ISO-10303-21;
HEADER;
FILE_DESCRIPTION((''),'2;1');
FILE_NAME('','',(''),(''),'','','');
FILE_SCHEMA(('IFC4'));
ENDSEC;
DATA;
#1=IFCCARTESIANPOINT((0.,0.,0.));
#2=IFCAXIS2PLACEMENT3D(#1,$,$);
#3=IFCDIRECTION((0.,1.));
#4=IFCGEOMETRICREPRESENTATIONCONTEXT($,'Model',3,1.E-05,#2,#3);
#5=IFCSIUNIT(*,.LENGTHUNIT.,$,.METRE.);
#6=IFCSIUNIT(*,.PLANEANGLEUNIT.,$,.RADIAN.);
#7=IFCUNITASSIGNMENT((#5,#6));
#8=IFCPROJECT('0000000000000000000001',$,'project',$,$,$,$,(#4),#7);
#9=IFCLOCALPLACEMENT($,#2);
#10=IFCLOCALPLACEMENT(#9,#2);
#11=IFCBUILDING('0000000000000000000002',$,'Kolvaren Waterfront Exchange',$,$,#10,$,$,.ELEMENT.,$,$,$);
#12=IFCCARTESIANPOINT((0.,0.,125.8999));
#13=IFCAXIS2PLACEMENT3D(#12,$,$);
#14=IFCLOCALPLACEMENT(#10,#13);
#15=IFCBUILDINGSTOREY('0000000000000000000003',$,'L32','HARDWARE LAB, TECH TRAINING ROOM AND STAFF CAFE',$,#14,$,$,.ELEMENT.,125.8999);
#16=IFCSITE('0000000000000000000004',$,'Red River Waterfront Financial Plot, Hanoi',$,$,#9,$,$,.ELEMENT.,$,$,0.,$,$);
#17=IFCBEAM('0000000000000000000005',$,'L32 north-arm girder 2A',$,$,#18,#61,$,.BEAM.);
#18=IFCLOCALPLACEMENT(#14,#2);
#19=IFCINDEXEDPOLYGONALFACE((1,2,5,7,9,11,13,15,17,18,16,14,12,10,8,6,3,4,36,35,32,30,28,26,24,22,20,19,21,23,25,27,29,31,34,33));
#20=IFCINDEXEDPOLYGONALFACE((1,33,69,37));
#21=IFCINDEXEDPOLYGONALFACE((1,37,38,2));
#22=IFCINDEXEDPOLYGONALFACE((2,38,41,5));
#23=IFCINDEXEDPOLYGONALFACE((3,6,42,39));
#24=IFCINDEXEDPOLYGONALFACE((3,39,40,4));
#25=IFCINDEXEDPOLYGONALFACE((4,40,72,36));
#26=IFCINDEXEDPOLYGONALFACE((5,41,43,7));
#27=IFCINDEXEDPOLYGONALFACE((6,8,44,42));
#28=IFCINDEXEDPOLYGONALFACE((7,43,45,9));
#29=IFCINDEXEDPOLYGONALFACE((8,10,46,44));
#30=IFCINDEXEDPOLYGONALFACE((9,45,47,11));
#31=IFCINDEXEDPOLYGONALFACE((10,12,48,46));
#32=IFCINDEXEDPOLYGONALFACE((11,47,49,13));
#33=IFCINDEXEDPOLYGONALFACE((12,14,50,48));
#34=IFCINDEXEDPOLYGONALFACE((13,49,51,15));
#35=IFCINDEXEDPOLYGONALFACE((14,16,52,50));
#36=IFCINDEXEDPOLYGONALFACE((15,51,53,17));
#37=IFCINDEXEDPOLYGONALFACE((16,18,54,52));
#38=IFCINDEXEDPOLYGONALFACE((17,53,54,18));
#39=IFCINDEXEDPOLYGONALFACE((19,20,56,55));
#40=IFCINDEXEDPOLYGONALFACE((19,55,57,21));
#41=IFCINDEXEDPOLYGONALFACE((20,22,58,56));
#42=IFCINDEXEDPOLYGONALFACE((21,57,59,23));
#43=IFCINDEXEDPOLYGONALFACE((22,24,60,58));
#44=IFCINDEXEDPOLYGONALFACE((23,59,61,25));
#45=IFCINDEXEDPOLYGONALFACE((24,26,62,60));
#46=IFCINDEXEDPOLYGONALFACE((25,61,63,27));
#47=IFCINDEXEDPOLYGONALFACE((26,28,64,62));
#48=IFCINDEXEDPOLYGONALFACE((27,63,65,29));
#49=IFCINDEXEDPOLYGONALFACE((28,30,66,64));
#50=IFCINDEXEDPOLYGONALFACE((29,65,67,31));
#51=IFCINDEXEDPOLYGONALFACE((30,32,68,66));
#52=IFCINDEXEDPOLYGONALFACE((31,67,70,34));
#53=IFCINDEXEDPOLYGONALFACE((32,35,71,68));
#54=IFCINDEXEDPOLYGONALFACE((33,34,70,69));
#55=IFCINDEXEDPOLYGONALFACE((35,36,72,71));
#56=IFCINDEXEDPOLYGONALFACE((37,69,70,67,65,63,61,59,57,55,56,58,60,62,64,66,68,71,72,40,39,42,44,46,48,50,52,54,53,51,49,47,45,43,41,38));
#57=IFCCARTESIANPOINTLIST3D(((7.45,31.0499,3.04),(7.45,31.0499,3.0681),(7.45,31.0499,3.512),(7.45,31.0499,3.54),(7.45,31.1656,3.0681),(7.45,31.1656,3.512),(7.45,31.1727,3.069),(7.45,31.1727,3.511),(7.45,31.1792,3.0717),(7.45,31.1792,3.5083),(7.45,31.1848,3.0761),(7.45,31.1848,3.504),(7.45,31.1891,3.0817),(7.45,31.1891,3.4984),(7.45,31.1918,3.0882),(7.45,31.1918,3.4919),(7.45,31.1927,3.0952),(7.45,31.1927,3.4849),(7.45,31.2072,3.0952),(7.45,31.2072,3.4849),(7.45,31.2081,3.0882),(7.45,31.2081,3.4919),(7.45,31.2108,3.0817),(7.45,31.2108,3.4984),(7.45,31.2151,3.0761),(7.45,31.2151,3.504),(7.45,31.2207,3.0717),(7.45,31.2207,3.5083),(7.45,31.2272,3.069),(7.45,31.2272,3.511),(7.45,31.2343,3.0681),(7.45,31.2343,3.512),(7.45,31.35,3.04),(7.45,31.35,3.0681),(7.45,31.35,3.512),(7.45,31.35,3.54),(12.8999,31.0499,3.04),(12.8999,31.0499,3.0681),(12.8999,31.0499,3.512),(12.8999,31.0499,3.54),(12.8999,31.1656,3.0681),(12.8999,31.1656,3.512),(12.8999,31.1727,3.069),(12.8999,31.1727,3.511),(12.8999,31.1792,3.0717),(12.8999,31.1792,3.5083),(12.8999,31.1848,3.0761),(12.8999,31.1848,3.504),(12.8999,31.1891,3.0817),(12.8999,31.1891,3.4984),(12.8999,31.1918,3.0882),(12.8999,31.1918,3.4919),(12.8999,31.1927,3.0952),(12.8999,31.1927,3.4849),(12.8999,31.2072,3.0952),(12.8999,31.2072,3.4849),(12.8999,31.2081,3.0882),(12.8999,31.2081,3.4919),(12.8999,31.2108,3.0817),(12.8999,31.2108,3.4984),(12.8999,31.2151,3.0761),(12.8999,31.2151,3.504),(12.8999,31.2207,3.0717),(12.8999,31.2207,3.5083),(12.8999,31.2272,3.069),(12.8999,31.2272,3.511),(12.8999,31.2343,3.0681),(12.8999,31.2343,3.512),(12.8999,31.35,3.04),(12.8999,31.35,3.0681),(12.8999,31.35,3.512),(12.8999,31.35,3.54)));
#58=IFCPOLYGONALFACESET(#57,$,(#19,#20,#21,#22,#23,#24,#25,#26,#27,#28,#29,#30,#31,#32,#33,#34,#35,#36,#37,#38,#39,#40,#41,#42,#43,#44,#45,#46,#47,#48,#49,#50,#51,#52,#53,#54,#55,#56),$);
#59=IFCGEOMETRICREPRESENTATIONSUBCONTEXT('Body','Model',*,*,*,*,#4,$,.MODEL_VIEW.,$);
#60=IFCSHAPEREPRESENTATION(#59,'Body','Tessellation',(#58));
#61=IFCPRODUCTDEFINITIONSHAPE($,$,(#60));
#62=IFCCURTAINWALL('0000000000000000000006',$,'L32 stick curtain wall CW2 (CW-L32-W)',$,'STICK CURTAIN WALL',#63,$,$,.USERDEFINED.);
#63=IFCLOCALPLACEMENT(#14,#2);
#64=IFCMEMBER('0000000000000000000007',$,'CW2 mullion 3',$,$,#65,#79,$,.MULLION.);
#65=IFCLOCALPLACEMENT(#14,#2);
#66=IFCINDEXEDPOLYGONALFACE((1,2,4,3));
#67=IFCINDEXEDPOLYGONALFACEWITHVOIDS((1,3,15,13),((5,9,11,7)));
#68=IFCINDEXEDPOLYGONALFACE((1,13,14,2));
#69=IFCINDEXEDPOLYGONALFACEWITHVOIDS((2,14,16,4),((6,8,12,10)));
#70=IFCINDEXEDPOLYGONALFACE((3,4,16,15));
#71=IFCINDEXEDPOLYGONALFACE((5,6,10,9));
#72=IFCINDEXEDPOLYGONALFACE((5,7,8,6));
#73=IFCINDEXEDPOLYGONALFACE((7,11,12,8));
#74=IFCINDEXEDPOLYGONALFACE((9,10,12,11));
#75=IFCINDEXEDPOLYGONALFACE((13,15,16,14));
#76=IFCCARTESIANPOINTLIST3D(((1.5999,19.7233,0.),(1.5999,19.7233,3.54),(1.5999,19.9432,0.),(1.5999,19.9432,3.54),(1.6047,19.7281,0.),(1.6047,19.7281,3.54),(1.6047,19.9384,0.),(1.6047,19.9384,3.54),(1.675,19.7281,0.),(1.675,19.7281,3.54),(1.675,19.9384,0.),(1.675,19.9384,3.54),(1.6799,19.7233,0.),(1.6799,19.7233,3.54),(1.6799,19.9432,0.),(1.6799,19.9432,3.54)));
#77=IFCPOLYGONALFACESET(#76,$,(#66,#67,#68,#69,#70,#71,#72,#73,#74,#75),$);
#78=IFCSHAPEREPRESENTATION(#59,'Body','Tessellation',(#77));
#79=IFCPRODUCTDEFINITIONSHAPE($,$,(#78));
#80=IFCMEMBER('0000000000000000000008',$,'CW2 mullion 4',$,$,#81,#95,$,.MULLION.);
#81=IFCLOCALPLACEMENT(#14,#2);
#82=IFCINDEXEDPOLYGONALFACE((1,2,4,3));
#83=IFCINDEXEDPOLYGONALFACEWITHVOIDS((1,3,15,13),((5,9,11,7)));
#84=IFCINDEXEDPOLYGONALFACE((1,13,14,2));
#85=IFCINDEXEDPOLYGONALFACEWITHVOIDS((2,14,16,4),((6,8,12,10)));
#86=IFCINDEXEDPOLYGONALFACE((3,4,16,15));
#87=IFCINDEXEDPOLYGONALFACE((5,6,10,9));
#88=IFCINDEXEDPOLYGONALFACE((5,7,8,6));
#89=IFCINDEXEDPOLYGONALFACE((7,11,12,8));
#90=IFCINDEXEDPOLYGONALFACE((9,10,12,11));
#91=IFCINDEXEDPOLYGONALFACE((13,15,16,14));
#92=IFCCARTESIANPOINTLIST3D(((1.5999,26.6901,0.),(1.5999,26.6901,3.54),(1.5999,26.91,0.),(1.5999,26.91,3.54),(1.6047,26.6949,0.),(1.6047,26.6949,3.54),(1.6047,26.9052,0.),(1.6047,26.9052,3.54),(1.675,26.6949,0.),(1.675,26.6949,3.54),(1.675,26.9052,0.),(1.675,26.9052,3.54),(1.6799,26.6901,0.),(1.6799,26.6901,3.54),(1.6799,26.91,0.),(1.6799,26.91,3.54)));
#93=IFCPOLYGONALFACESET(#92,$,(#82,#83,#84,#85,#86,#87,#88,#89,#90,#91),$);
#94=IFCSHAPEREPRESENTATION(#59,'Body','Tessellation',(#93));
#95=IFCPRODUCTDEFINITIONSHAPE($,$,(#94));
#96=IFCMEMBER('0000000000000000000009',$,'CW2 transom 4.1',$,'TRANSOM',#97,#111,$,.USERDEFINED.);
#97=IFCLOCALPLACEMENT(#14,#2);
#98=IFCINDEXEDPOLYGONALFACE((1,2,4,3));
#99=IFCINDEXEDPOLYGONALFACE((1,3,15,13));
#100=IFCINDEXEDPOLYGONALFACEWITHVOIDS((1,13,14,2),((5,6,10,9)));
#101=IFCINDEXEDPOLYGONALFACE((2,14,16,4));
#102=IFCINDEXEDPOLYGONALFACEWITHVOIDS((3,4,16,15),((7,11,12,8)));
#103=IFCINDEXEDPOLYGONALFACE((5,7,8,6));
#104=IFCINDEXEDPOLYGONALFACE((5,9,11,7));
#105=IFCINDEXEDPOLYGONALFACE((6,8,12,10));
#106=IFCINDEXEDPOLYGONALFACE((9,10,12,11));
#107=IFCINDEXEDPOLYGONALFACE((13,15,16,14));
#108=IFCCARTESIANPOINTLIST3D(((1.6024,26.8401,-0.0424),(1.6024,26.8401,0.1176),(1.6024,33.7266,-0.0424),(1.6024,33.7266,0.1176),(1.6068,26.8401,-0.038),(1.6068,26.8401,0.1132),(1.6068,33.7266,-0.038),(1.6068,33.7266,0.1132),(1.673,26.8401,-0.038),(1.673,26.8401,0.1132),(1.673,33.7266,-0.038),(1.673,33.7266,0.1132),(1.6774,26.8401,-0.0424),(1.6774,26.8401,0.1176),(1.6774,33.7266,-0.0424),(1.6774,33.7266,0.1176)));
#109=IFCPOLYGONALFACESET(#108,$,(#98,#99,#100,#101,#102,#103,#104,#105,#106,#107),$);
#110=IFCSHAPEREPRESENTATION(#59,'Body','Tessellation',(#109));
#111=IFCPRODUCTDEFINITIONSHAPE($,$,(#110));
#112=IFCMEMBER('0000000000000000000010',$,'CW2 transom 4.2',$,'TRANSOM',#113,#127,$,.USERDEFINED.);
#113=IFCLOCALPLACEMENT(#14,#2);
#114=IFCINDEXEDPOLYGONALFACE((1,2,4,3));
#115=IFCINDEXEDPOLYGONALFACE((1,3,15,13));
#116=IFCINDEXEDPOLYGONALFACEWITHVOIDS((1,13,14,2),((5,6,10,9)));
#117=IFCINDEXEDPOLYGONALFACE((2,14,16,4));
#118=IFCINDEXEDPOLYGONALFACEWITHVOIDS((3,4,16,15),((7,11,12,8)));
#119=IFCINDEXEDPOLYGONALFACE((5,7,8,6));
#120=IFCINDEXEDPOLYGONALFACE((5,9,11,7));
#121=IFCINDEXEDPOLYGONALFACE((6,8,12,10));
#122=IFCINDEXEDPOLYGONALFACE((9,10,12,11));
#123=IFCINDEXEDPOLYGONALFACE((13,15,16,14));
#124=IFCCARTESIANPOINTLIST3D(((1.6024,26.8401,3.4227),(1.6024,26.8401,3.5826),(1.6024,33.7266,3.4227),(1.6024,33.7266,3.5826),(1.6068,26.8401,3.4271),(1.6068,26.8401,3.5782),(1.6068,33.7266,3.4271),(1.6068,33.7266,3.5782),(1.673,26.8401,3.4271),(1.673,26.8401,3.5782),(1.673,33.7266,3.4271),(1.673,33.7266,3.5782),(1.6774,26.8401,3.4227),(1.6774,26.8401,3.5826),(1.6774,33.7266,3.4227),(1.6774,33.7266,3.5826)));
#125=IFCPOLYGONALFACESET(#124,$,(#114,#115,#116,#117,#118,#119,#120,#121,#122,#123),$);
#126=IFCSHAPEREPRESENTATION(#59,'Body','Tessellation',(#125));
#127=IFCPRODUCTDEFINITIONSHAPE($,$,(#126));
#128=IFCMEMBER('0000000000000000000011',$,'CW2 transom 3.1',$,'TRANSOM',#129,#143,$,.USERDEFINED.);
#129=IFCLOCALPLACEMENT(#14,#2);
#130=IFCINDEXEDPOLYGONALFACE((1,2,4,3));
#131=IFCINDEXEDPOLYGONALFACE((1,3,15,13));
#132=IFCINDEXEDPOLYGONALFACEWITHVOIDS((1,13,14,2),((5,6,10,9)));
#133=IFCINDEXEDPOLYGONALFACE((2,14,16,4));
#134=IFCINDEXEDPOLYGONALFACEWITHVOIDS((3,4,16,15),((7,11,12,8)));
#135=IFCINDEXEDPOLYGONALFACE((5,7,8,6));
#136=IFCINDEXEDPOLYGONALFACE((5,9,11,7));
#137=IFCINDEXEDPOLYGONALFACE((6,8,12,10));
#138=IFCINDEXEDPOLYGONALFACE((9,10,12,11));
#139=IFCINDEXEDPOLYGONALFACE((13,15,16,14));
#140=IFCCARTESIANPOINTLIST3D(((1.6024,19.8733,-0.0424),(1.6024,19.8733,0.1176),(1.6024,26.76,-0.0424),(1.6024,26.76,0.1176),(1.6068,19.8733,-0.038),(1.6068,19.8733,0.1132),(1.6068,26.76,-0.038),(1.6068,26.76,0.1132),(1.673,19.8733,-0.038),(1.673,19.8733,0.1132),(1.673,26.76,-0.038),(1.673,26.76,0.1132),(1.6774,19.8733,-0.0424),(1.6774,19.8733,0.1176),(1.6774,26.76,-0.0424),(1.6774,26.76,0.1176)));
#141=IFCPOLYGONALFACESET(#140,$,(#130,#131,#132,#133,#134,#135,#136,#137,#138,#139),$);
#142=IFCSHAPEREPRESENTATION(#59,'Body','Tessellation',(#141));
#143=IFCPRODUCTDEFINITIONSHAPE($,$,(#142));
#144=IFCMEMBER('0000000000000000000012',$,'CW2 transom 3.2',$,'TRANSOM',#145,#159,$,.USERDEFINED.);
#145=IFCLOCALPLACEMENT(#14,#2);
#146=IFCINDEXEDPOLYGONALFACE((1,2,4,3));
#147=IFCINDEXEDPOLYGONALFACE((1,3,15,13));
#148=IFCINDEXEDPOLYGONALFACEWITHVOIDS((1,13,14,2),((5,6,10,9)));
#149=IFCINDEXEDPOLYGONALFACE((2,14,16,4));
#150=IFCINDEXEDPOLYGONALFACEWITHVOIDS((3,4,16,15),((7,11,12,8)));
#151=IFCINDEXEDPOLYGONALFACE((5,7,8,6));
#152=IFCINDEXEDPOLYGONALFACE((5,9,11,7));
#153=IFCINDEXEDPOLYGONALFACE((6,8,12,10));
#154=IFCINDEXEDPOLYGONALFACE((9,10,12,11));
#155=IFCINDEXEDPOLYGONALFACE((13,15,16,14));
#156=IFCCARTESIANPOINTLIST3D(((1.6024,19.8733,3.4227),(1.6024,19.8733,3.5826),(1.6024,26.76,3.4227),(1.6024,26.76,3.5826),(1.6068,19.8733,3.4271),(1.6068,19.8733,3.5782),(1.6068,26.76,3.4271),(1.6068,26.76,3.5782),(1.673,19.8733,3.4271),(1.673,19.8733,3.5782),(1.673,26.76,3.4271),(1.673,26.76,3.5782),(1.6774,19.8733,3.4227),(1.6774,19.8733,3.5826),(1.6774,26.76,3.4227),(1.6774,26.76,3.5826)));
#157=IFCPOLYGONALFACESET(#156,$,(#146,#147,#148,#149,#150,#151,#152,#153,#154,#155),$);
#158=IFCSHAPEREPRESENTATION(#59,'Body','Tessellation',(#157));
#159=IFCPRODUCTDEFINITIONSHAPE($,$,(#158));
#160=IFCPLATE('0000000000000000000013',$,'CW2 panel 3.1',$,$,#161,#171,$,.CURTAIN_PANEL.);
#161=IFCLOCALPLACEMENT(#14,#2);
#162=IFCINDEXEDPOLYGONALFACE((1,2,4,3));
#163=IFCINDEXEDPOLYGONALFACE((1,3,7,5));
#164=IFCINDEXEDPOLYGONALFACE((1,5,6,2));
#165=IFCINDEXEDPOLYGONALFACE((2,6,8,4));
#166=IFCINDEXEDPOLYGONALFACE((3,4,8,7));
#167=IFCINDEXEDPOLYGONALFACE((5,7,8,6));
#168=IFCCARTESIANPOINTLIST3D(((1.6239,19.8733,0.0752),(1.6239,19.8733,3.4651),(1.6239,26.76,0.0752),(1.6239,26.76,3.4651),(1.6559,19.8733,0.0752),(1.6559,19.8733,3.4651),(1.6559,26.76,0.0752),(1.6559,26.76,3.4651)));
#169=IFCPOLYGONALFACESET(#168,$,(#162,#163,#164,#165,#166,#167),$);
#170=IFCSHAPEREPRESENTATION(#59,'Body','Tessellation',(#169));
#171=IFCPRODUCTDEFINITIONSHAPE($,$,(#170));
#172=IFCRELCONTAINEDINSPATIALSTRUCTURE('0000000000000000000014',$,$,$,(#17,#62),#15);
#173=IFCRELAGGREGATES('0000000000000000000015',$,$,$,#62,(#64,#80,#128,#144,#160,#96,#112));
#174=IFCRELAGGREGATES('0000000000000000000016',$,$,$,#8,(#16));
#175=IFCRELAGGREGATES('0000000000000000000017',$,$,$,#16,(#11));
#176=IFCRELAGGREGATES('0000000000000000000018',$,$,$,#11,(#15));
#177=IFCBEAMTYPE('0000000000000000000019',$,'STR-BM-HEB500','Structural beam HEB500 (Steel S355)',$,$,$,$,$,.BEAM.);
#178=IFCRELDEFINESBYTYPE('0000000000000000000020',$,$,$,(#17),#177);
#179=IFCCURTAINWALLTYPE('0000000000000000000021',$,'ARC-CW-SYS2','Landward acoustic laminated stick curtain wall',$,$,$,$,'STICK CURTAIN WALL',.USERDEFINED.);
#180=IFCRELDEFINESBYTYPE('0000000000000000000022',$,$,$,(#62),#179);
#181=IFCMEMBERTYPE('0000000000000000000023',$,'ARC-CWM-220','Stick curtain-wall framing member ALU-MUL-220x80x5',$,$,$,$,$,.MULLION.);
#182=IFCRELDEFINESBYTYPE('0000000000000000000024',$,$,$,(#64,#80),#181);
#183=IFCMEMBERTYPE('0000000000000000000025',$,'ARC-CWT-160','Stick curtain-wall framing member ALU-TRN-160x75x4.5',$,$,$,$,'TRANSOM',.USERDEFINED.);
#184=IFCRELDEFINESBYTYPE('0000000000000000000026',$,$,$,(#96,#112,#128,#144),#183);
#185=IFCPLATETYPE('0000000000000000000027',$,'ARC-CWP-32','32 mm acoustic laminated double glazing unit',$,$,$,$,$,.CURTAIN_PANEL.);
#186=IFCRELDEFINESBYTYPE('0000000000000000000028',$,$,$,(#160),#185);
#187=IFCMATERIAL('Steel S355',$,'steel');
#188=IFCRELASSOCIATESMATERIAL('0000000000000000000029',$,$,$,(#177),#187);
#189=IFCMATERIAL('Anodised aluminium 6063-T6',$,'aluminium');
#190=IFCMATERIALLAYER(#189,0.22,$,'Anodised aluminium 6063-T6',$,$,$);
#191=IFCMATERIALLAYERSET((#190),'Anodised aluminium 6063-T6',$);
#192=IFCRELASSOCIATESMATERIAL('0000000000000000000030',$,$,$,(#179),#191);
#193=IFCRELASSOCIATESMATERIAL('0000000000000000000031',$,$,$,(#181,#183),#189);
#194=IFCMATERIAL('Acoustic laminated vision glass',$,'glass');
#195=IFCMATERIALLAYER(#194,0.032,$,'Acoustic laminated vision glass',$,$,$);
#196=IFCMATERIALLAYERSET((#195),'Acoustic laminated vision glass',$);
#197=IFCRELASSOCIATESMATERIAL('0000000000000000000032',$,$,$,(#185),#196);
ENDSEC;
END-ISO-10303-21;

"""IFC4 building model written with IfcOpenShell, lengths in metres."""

from ifc_helpers import new_model, si_unit, direction, frame, origin, origin_with_axes, origin_2d, place, context, subcontext, project, spatial, rectangle, hollow_rectangle, i_section, extrude, source, transform, mapped, material, layer, layer_set, material_profile, profile_set, type_object, element, aggregate, save


model = new_model("IFC4")

# Units and contexts
model_context = context("Model", 3, precision=1e-05, world=origin(), true_north=direction((0.0, 1.0)))
body_context = subcontext(model_context, "Body", "Model", "MODEL_VIEW")
ifc_project = project(units=[si_unit("LENGTHUNIT", "METRE"), si_unit("PLANEANGLEUNIT", "RADIAN")], contexts=[model_context])

# Site, building, storey
site_placement = place(None, origin())
site = spatial("IfcSite", under=ifc_project, at=site_placement, Name="Red River Waterfront Financial Plot, Hanoi", CompositionType="ELEMENT", RefElevation=0.0)
building_placement = place(site_placement, origin())
building = spatial("IfcBuilding", under=site, at=building_placement, Name="Kolvaren Waterfront Exchange", CompositionType="ELEMENT")
storey_placement = place(building_placement, frame((0.0, 0.0, 125.8999)))
storey = spatial("IfcBuildingStorey", under=building, at=storey_placement, Name="L32", Description="HARDWARE LAB, TECH TRAINING ROOM AND STAFF CAFE", CompositionType="ELEMENT", Elevation=125.8999)

# Beam
ifc_material_1 = material(Name="Steel S355", Category="steel")
ifc_material_profile_1 = material_profile(ifc_material_1, i_section(OverallWidth=0.3, OverallDepth=0.5, WebThickness=0.0144, FlangeThickness=0.0281, FilletRadius=0.0271, at=origin_2d()), Name="HEB500")
ifc_profile_set_1 = profile_set([ifc_material_profile_1], Name="Steel S355")
beam_type_1 = type_object("IfcBeamType", Name="STR-BM-HEB500", Description="Structural beam HEB500 (Steel S355)", PredefinedType="BEAM", material=ifc_profile_set_1)
for number, where, z_axis, x_axis, name in (
    (1, (7.45, 31.2, 3.29), (1.0, 0.0, 0.0), (0.0, 1.0, 0.0), "L32 north-arm girder 2A"),
):
    element("IfcBeam", number, at=place(storey_placement, frame(where, z_axis=z_axis, x_axis=x_axis)), inside=storey, type_object=beam_type_1, Name=name, PredefinedType="BEAM", context=body_context, shape_type="SweptSolid", body=[
        extrude(i_section(OverallWidth=0.3, OverallDepth=0.5, WebThickness=0.0144, FlangeThickness=0.0281, FilletRadius=0.0271, at=origin_2d()), origin(), (0.0, 0.0, 1.0), 5.45),
    ])

# Curtain wall, members, plate
ifc_material_2 = material(Name="Anodised aluminium 6063-T6", Category="aluminium")
ifc_layer_1 = layer(ifc_material_2, 0.22, Name="Anodised aluminium 6063-T6")
ifc_layer_set_1 = layer_set([ifc_layer_1], Name="Anodised aluminium 6063-T6")
curtain_wall_type = type_object("IfcCurtainWallType", Name="ARC-CW-SYS2", Description="Landward acoustic laminated stick curtain wall", ElementType="STICK CURTAIN WALL", PredefinedType="USERDEFINED", material=ifc_layer_set_1)
curtain_wall_placement = place(storey_placement, origin())
curtain_wall = element("IfcCurtainWall", 2, at=curtain_wall_placement, inside=storey, type_object=curtain_wall_type, Name="L32 stick curtain wall CW2 (CW-L32-W)", ObjectType="STICK CURTAIN WALL", PredefinedType="USERDEFINED")
ifc_material_profile_2 = material_profile(ifc_material_2, hollow_rectangle(XDim=0.0801, YDim=0.22, WallThickness=0.0049, at=origin_2d()), Name="ALU-MUL-220x80x5")
ifc_profile_set_2 = profile_set([ifc_material_profile_2], Name="Anodised aluminium 6063-T6")
member_type_1 = type_object("IfcMemberType", Name="ARC-CWM-220", Description="Stick curtain-wall framing member ALU-MUL-220x80x5", PredefinedType="MULLION", material=ifc_profile_set_2)
shared_shape_1 = source(origin_with_axes(), body_context, "Body", "SweptSolid", [
    extrude(hollow_rectangle(XDim=0.0801, YDim=0.22, WallThickness=0.0049, at=origin_2d()), origin(), (0.0, 0.0, 1.0), 3.54),
])
member_1_placement = place(storey_placement, frame((1.6399, 19.8333, 0.0), z_axis=(0.0, 0.0, 1.0), x_axis=(-1.0, 0.0, 0.0)))
member_1 = element("IfcMember", 3, at=member_1_placement, type_object=member_type_1, Name="CW2 mullion 3", PredefinedType="MULLION", context=body_context, shape_type="MappedRepresentation", body=[
    mapped(shared_shape_1, transform((0.0, 0.0, 0.0), x_axis=(1.0, 0.0, 0.0), y_axis=(0.0, 1.0, 0.0), z_axis=(0.0, 0.0, 1.0), scale=1.0)),
])
member_2_placement = place(storey_placement, frame((1.6399, 26.8, 0.0), z_axis=(0.0, 0.0, 1.0), x_axis=(-1.0, 0.0, 0.0)))
member_2 = element("IfcMember", 4, at=member_2_placement, type_object=member_type_1, Name="CW2 mullion 4", PredefinedType="MULLION", context=body_context, shape_type="MappedRepresentation", body=[
    mapped(shared_shape_1, transform((0.0, 0.0, 0.0), x_axis=(1.0, 0.0, 0.0), y_axis=(0.0, 1.0, 0.0), z_axis=(0.0, 0.0, 1.0), scale=1.0)),
])
ifc_material_profile_3 = material_profile(ifc_material_2, hollow_rectangle(XDim=0.075, YDim=0.1599, WallThickness=0.0044, at=origin_2d()), Name="ALU-TRN-160x75x4.5")
ifc_profile_set_3 = profile_set([ifc_material_profile_3], Name="Anodised aluminium 6063-T6")
member_type_2 = type_object("IfcMemberType", Name="ARC-CWT-160", Description="Stick curtain-wall framing member ALU-TRN-160x75x4.5", ElementType="TRANSOM", PredefinedType="USERDEFINED", material=ifc_profile_set_3)
shared_shape_2 = source(origin_with_axes(), body_context, "Body", "SweptSolid", [
    extrude(hollow_rectangle(XDim=0.075, YDim=0.1599, WallThickness=0.0044, at=origin_2d()), origin(), (0.0, 0.0, 1.0), 6.8865),
])
member_3_placement = place(storey_placement, frame((1.6399, 26.8401, 0.0376), z_axis=(0.0, 1.0, 0.0), x_axis=(-1.0, 0.0, 0.0)))
member_3 = element("IfcMember", 5, at=member_3_placement, type_object=member_type_2, Name="CW2 transom 4.1", ObjectType="TRANSOM", PredefinedType="USERDEFINED", context=body_context, shape_type="MappedRepresentation", body=[
    mapped(shared_shape_2, transform((0.0, 0.0, 0.0), x_axis=(1.0, 0.0, 0.0), y_axis=(0.0, 1.0, 0.0), z_axis=(0.0, 0.0, 1.0), scale=1.0)),
])
member_4_placement = place(storey_placement, frame((1.6399, 26.8401, 3.5027), z_axis=(0.0, 1.0, 0.0), x_axis=(-1.0, 0.0, 0.0)))
member_4 = element("IfcMember", 6, at=member_4_placement, type_object=member_type_2, Name="CW2 transom 4.2", ObjectType="TRANSOM", PredefinedType="USERDEFINED", context=body_context, shape_type="MappedRepresentation", body=[
    mapped(shared_shape_2, transform((0.0, 0.0, 0.0), x_axis=(1.0, 0.0, 0.0), y_axis=(0.0, 1.0, 0.0), z_axis=(0.0, 0.0, 1.0), scale=1.0)),
])
shared_shape_3 = source(origin_with_axes(), body_context, "Body", "SweptSolid", [
    extrude(hollow_rectangle(XDim=0.075, YDim=0.1599, WallThickness=0.0044, at=origin_2d()), origin(), (0.0, 0.0, 1.0), 6.8867),
])
member_5_placement = place(storey_placement, frame((1.6399, 19.8733, 0.0376), z_axis=(0.0, 1.0, 0.0), x_axis=(-1.0, 0.0, 0.0)))
member_5 = element("IfcMember", 7, at=member_5_placement, type_object=member_type_2, Name="CW2 transom 3.1", ObjectType="TRANSOM", PredefinedType="USERDEFINED", context=body_context, shape_type="MappedRepresentation", body=[
    mapped(shared_shape_3, transform((0.0, 0.0, 0.0), x_axis=(1.0, 0.0, 0.0), y_axis=(0.0, 1.0, 0.0), z_axis=(0.0, 0.0, 1.0), scale=1.0)),
])
member_6_placement = place(storey_placement, frame((1.6399, 19.8733, 3.5027), z_axis=(0.0, 1.0, 0.0), x_axis=(-1.0, 0.0, 0.0)))
member_6 = element("IfcMember", 8, at=member_6_placement, type_object=member_type_2, Name="CW2 transom 3.2", ObjectType="TRANSOM", PredefinedType="USERDEFINED", context=body_context, shape_type="MappedRepresentation", body=[
    mapped(shared_shape_3, transform((0.0, 0.0, 0.0), x_axis=(1.0, 0.0, 0.0), y_axis=(0.0, 1.0, 0.0), z_axis=(0.0, 0.0, 1.0), scale=1.0)),
])
ifc_material_3 = material(Name="Acoustic laminated vision glass", Category="glass")
ifc_layer_2 = layer(ifc_material_3, 0.032, Name="Acoustic laminated vision glass")
ifc_layer_set_2 = layer_set([ifc_layer_2], Name="Acoustic laminated vision glass")
plate_type = type_object("IfcPlateType", Name="ARC-CWP-32", Description="32 mm acoustic laminated double glazing unit", PredefinedType="CURTAIN_PANEL", material=ifc_layer_set_2)
shared_shape_4 = source(origin_with_axes(), body_context, "Body", "SweptSolid", [
    extrude(rectangle(XDim=6.8867, YDim=0.032, at=origin_2d()), origin(), (0.0, 0.0, 1.0), 3.3899),
])
plate_1_placement = place(storey_placement, frame((1.6399, 23.3167, 0.0752), z_axis=(0.0, 0.0, 1.0), x_axis=(0.0, 1.0, 0.0)))
plate_1 = element("IfcPlate", 9, at=plate_1_placement, type_object=plate_type, Name="CW2 panel 3.1", PredefinedType="CURTAIN_PANEL", context=body_context, shape_type="MappedRepresentation", body=[
    mapped(shared_shape_4, transform((0.0, 0.0, 0.0), x_axis=(1.0, 0.0, 0.0), y_axis=(0.0, 1.0, 0.0), z_axis=(0.0, 0.0, 1.0), scale=1.0)),
])
aggregate(curtain_wall, [member_1, member_2, member_5, member_6, plate_1, member_3, member_4])

save(model, "model.ifc")
